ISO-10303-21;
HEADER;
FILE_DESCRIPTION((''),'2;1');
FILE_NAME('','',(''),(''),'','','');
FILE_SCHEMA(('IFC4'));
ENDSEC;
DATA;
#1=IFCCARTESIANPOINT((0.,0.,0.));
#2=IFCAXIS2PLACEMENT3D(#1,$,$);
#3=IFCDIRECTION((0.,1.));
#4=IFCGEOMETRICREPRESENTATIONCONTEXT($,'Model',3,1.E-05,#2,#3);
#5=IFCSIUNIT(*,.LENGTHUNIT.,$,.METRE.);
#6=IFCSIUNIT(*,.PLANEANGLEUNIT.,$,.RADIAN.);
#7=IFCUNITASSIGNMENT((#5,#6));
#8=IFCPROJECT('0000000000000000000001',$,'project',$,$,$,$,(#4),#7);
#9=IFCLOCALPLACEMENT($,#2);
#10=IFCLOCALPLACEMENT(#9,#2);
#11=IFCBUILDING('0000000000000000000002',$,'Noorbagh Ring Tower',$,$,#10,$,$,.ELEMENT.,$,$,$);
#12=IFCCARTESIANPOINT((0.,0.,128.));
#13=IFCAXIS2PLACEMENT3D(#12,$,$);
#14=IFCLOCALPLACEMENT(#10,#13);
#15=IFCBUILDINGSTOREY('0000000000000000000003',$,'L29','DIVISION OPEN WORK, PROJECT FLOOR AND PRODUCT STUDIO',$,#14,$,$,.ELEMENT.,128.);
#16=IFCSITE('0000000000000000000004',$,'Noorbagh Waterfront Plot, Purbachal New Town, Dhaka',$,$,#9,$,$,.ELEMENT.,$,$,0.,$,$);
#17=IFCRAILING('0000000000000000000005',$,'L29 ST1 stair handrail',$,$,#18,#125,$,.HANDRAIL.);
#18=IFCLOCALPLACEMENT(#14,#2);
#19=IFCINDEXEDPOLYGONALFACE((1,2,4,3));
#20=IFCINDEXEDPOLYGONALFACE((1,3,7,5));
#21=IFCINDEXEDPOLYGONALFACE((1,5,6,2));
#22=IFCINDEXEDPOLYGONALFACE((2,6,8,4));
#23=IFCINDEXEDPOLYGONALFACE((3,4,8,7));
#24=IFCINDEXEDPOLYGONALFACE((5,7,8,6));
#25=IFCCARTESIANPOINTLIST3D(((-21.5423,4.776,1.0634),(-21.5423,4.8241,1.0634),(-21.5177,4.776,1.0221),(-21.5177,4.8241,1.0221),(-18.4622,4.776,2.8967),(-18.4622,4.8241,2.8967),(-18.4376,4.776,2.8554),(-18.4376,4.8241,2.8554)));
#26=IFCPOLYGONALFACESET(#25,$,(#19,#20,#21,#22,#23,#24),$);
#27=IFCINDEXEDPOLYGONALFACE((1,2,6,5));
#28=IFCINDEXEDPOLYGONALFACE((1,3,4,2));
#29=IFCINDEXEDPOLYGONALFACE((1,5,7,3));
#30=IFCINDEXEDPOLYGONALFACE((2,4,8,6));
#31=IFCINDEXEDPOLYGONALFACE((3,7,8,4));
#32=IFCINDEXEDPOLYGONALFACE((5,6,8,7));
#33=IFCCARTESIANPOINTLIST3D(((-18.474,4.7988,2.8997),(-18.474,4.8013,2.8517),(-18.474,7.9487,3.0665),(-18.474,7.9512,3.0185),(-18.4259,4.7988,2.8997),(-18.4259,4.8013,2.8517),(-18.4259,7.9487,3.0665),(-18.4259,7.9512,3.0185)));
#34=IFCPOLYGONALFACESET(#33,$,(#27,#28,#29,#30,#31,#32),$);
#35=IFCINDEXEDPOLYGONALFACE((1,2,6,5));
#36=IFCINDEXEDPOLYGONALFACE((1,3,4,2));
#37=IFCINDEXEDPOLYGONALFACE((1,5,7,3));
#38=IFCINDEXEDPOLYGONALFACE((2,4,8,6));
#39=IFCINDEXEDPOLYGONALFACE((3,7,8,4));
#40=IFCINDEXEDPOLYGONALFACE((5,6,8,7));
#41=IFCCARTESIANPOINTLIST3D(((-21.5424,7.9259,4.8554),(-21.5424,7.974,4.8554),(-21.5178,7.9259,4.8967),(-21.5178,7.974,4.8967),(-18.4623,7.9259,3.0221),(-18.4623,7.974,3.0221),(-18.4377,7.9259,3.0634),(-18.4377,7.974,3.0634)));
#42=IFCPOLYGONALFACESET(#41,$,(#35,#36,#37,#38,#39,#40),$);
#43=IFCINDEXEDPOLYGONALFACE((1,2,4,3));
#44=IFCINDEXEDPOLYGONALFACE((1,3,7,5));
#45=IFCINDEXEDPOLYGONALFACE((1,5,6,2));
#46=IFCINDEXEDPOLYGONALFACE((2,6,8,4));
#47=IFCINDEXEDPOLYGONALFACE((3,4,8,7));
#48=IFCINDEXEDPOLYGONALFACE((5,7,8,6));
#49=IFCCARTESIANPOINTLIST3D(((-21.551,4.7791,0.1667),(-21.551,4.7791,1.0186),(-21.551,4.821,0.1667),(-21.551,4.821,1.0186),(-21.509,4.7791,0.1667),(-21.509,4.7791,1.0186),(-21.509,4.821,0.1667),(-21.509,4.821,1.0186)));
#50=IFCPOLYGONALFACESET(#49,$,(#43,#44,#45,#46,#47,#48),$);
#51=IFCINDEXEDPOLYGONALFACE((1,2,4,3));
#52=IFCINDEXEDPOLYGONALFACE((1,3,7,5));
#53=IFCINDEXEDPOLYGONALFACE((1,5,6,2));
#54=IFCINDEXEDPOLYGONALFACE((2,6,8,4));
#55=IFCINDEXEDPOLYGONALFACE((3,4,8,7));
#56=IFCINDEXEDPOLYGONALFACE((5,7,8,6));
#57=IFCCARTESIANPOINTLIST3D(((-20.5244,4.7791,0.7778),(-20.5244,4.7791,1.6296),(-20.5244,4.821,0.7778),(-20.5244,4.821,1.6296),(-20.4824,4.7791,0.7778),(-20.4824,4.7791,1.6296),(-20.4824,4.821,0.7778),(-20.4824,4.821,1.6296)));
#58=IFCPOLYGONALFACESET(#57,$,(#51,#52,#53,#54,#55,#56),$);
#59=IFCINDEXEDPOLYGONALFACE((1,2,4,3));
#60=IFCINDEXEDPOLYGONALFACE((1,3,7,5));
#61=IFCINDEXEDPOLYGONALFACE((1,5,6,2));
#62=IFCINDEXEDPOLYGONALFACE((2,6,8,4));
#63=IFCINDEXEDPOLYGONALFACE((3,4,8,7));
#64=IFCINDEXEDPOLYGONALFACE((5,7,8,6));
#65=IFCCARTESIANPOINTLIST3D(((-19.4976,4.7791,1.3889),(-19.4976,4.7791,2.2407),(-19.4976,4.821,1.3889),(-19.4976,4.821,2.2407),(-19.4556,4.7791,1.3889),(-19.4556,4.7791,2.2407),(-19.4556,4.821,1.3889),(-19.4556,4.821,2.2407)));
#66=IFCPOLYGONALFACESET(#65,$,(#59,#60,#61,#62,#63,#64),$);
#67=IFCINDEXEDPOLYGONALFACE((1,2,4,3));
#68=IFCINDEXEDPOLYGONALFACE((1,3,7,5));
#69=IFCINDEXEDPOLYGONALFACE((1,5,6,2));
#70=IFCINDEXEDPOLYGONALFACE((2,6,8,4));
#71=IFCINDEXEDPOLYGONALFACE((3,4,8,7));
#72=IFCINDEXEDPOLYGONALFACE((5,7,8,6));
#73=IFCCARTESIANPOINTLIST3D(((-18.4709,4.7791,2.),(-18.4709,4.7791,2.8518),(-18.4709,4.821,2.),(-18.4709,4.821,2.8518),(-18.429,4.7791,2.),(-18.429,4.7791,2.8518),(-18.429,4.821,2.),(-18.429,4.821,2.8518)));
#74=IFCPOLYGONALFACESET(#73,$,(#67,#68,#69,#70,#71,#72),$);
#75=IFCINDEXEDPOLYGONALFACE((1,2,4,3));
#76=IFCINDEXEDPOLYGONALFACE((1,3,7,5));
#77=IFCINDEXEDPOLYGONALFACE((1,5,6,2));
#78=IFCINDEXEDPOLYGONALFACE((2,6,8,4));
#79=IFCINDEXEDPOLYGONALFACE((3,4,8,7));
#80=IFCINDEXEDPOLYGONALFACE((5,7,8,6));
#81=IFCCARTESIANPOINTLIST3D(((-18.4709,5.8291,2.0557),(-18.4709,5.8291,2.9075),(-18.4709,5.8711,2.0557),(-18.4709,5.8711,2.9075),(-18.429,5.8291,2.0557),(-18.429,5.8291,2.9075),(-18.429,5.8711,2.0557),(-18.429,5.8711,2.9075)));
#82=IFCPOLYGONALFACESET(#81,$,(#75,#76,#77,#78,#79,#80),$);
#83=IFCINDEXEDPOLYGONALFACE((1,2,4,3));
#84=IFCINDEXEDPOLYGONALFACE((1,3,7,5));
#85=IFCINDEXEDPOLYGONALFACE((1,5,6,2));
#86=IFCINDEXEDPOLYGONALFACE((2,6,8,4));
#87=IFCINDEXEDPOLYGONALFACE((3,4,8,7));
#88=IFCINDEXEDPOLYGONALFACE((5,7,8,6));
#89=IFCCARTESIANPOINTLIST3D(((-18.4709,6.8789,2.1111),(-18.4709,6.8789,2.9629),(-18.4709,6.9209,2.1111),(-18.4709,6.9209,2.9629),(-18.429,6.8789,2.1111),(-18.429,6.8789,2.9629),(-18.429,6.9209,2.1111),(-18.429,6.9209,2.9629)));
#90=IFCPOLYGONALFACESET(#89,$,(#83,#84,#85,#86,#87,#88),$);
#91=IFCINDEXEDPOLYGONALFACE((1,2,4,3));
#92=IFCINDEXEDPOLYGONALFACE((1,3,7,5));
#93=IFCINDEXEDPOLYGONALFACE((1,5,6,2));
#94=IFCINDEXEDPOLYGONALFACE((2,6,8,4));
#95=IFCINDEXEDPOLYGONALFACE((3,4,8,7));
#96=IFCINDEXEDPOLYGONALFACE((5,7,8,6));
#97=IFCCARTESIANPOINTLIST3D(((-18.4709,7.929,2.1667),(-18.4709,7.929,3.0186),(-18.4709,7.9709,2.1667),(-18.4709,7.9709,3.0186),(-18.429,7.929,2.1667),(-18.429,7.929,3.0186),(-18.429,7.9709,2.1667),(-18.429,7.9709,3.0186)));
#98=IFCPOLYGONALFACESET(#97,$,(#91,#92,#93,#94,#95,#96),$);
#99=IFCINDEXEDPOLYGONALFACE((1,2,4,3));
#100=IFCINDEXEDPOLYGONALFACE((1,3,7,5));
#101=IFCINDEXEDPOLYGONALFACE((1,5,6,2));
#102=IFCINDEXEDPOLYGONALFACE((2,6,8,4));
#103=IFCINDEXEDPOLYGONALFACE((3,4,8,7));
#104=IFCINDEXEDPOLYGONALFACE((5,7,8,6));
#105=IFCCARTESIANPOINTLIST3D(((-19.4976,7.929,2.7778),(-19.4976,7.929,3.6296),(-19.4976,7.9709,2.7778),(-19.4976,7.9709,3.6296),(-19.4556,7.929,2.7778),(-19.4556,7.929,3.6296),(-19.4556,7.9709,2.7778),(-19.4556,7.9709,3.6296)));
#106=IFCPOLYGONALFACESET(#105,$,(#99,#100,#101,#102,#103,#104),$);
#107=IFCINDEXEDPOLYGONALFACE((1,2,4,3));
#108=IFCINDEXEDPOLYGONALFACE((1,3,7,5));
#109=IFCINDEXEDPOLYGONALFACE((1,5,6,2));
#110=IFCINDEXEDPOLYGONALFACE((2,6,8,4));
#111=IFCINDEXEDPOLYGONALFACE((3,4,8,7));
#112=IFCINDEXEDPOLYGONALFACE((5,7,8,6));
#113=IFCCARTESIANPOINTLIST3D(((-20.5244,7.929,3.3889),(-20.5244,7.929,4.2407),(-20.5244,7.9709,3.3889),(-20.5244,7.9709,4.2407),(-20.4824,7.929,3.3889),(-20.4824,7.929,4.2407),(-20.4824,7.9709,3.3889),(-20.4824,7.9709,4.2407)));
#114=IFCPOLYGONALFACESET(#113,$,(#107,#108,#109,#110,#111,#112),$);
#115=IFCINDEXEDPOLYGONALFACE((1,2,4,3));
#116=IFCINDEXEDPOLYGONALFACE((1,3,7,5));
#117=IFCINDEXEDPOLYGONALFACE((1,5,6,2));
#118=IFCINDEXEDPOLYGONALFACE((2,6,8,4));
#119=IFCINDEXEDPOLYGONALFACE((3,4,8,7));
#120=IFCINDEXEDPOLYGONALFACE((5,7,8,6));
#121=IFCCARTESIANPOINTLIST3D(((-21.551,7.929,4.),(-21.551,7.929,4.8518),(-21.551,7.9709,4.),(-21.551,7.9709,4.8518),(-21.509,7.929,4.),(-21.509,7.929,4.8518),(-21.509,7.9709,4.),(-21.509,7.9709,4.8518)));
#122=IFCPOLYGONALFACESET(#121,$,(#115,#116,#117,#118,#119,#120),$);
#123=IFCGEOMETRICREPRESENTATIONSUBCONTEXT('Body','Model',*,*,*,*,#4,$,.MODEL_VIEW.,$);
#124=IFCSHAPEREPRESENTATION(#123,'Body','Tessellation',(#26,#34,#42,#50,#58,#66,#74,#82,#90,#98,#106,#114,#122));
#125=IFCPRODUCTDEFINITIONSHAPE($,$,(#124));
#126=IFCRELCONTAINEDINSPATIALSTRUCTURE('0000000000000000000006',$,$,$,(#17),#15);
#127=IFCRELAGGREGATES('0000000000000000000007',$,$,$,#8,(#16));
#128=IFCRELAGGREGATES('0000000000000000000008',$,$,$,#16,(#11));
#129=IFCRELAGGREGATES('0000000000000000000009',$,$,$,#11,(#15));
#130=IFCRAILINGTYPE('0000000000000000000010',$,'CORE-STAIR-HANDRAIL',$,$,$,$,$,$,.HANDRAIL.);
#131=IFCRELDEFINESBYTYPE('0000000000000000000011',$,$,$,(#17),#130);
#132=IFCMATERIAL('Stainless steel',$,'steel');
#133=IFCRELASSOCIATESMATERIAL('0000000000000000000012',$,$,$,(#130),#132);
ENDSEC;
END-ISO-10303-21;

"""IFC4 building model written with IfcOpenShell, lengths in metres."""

from ifc_helpers import new_model, si_unit, direction, frame, origin, origin_2d, place, context, subcontext, project, spatial, rectangle, extrude, material, type_object, element, save


model = new_model("IFC4")

# Units and contexts
model_context = context("Model", 3, precision=1e-05, world=origin(), true_north=direction((0.0, 1.0)))
body_context = subcontext(model_context, "Body", "Model", "MODEL_VIEW")
ifc_project = project(units=[si_unit("LENGTHUNIT", "METRE"), si_unit("PLANEANGLEUNIT", "RADIAN")], contexts=[model_context])

# Site, building, storey
site_placement = place(None, origin())
site = spatial("IfcSite", under=ifc_project, at=site_placement, Name="Noorbagh Waterfront Plot, Purbachal New Town, Dhaka", CompositionType="ELEMENT", RefElevation=0.0)
building_placement = place(site_placement, origin())
building = spatial("IfcBuilding", under=site, at=building_placement, Name="Noorbagh Ring Tower", CompositionType="ELEMENT")
storey_placement = place(building_placement, frame((0.0, 0.0, 128.0)))
storey = spatial("IfcBuildingStorey", under=building, at=storey_placement, Name="L29", Description="DIVISION OPEN WORK, PROJECT FLOOR AND PRODUCT STUDIO", CompositionType="ELEMENT", Elevation=128.0)

# Railing
ifc_material_1 = material(Name="Stainless steel", Category="steel")
railing_type_1 = type_object("IfcRailingType", Name="CORE-STAIR-HANDRAIL", PredefinedType="HANDRAIL", material=ifc_material_1)
railing_1_placement = place(storey_placement, frame((-21.53, 4.8, 0.1667)))
element("IfcRailing", 1, at=railing_1_placement, inside=storey, type_object=railing_type_1, Name="L29 ST1 stair handrail", PredefinedType="HANDRAIL", context=body_context, shape_type="SweptSolid", body=[
    extrude(rectangle(XDim=0.0481, YDim=0.0481, at=origin_2d()), frame((0.0, 0.0, 0.876), z_axis=(0.859309, 0.0, 0.511458), x_axis=(0.0, 1.0, 0.0)), (0.0, 0.0, 1.0), 3.5845),
    extrude(rectangle(XDim=0.0481, YDim=0.0481, at=origin_2d()), frame((3.0801, 0.0, 2.709), z_axis=(0.0, 0.998602, 0.052864), x_axis=(-1.0, 0.0, 0.0)), (0.0, 0.0, 1.0), 3.1543),
    extrude(rectangle(XDim=0.0481, YDim=0.0481, at=origin_2d()), frame((3.0801, 3.1499, 2.876), z_axis=(-0.859309, 0.0, 0.511458), x_axis=(0.0, -1.0, 0.0)), (0.0, 0.0, 1.0), 3.5845),
    extrude(rectangle(XDim=0.042, YDim=0.042, at=origin_2d()), origin(), (0.0, 0.0, 1.0), 0.8518),
    extrude(rectangle(XDim=0.042, YDim=0.042, at=origin_2d()), frame((1.0266, 0.0, 0.6111)), (0.0, 0.0, 1.0), 0.8518),
    extrude(rectangle(XDim=0.042, YDim=0.042, at=origin_2d()), frame((2.0535, 0.0, 1.2222)), (0.0, 0.0, 1.0), 0.8518),
    extrude(rectangle(XDim=0.042, YDim=0.042, at=origin_2d()), frame((3.0801, 0.0, 1.8333)), (0.0, 0.0, 1.0), 0.8518),
    extrude(rectangle(XDim=0.042, YDim=0.042, at=origin_2d()), frame((3.0801, 1.05, 1.8889)), (0.0, 0.0, 1.0), 0.8518),
    extrude(rectangle(XDim=0.042, YDim=0.042, at=origin_2d()), frame((3.0801, 2.0999, 1.9443)), (0.0, 0.0, 1.0), 0.8518),
    extrude(rectangle(XDim=0.042, YDim=0.042, at=origin_2d()), frame((3.0801, 3.1499, 2.0)), (0.0, 0.0, 1.0), 0.8518),
    extrude(rectangle(XDim=0.042, YDim=0.042, at=origin_2d()), frame((2.0535, 3.1499, 2.6111)), (0.0, 0.0, 1.0), 0.8518),
    extrude(rectangle(XDim=0.042, YDim=0.042, at=origin_2d()), frame((1.0266, 3.1499, 3.2222)), (0.0, 0.0, 1.0), 0.8518),
    extrude(rectangle(XDim=0.042, YDim=0.042, at=origin_2d()), frame((0.0, 3.1499, 3.8333)), (0.0, 0.0, 1.0), 0.8518),
])

save(model, "model.ifc")
